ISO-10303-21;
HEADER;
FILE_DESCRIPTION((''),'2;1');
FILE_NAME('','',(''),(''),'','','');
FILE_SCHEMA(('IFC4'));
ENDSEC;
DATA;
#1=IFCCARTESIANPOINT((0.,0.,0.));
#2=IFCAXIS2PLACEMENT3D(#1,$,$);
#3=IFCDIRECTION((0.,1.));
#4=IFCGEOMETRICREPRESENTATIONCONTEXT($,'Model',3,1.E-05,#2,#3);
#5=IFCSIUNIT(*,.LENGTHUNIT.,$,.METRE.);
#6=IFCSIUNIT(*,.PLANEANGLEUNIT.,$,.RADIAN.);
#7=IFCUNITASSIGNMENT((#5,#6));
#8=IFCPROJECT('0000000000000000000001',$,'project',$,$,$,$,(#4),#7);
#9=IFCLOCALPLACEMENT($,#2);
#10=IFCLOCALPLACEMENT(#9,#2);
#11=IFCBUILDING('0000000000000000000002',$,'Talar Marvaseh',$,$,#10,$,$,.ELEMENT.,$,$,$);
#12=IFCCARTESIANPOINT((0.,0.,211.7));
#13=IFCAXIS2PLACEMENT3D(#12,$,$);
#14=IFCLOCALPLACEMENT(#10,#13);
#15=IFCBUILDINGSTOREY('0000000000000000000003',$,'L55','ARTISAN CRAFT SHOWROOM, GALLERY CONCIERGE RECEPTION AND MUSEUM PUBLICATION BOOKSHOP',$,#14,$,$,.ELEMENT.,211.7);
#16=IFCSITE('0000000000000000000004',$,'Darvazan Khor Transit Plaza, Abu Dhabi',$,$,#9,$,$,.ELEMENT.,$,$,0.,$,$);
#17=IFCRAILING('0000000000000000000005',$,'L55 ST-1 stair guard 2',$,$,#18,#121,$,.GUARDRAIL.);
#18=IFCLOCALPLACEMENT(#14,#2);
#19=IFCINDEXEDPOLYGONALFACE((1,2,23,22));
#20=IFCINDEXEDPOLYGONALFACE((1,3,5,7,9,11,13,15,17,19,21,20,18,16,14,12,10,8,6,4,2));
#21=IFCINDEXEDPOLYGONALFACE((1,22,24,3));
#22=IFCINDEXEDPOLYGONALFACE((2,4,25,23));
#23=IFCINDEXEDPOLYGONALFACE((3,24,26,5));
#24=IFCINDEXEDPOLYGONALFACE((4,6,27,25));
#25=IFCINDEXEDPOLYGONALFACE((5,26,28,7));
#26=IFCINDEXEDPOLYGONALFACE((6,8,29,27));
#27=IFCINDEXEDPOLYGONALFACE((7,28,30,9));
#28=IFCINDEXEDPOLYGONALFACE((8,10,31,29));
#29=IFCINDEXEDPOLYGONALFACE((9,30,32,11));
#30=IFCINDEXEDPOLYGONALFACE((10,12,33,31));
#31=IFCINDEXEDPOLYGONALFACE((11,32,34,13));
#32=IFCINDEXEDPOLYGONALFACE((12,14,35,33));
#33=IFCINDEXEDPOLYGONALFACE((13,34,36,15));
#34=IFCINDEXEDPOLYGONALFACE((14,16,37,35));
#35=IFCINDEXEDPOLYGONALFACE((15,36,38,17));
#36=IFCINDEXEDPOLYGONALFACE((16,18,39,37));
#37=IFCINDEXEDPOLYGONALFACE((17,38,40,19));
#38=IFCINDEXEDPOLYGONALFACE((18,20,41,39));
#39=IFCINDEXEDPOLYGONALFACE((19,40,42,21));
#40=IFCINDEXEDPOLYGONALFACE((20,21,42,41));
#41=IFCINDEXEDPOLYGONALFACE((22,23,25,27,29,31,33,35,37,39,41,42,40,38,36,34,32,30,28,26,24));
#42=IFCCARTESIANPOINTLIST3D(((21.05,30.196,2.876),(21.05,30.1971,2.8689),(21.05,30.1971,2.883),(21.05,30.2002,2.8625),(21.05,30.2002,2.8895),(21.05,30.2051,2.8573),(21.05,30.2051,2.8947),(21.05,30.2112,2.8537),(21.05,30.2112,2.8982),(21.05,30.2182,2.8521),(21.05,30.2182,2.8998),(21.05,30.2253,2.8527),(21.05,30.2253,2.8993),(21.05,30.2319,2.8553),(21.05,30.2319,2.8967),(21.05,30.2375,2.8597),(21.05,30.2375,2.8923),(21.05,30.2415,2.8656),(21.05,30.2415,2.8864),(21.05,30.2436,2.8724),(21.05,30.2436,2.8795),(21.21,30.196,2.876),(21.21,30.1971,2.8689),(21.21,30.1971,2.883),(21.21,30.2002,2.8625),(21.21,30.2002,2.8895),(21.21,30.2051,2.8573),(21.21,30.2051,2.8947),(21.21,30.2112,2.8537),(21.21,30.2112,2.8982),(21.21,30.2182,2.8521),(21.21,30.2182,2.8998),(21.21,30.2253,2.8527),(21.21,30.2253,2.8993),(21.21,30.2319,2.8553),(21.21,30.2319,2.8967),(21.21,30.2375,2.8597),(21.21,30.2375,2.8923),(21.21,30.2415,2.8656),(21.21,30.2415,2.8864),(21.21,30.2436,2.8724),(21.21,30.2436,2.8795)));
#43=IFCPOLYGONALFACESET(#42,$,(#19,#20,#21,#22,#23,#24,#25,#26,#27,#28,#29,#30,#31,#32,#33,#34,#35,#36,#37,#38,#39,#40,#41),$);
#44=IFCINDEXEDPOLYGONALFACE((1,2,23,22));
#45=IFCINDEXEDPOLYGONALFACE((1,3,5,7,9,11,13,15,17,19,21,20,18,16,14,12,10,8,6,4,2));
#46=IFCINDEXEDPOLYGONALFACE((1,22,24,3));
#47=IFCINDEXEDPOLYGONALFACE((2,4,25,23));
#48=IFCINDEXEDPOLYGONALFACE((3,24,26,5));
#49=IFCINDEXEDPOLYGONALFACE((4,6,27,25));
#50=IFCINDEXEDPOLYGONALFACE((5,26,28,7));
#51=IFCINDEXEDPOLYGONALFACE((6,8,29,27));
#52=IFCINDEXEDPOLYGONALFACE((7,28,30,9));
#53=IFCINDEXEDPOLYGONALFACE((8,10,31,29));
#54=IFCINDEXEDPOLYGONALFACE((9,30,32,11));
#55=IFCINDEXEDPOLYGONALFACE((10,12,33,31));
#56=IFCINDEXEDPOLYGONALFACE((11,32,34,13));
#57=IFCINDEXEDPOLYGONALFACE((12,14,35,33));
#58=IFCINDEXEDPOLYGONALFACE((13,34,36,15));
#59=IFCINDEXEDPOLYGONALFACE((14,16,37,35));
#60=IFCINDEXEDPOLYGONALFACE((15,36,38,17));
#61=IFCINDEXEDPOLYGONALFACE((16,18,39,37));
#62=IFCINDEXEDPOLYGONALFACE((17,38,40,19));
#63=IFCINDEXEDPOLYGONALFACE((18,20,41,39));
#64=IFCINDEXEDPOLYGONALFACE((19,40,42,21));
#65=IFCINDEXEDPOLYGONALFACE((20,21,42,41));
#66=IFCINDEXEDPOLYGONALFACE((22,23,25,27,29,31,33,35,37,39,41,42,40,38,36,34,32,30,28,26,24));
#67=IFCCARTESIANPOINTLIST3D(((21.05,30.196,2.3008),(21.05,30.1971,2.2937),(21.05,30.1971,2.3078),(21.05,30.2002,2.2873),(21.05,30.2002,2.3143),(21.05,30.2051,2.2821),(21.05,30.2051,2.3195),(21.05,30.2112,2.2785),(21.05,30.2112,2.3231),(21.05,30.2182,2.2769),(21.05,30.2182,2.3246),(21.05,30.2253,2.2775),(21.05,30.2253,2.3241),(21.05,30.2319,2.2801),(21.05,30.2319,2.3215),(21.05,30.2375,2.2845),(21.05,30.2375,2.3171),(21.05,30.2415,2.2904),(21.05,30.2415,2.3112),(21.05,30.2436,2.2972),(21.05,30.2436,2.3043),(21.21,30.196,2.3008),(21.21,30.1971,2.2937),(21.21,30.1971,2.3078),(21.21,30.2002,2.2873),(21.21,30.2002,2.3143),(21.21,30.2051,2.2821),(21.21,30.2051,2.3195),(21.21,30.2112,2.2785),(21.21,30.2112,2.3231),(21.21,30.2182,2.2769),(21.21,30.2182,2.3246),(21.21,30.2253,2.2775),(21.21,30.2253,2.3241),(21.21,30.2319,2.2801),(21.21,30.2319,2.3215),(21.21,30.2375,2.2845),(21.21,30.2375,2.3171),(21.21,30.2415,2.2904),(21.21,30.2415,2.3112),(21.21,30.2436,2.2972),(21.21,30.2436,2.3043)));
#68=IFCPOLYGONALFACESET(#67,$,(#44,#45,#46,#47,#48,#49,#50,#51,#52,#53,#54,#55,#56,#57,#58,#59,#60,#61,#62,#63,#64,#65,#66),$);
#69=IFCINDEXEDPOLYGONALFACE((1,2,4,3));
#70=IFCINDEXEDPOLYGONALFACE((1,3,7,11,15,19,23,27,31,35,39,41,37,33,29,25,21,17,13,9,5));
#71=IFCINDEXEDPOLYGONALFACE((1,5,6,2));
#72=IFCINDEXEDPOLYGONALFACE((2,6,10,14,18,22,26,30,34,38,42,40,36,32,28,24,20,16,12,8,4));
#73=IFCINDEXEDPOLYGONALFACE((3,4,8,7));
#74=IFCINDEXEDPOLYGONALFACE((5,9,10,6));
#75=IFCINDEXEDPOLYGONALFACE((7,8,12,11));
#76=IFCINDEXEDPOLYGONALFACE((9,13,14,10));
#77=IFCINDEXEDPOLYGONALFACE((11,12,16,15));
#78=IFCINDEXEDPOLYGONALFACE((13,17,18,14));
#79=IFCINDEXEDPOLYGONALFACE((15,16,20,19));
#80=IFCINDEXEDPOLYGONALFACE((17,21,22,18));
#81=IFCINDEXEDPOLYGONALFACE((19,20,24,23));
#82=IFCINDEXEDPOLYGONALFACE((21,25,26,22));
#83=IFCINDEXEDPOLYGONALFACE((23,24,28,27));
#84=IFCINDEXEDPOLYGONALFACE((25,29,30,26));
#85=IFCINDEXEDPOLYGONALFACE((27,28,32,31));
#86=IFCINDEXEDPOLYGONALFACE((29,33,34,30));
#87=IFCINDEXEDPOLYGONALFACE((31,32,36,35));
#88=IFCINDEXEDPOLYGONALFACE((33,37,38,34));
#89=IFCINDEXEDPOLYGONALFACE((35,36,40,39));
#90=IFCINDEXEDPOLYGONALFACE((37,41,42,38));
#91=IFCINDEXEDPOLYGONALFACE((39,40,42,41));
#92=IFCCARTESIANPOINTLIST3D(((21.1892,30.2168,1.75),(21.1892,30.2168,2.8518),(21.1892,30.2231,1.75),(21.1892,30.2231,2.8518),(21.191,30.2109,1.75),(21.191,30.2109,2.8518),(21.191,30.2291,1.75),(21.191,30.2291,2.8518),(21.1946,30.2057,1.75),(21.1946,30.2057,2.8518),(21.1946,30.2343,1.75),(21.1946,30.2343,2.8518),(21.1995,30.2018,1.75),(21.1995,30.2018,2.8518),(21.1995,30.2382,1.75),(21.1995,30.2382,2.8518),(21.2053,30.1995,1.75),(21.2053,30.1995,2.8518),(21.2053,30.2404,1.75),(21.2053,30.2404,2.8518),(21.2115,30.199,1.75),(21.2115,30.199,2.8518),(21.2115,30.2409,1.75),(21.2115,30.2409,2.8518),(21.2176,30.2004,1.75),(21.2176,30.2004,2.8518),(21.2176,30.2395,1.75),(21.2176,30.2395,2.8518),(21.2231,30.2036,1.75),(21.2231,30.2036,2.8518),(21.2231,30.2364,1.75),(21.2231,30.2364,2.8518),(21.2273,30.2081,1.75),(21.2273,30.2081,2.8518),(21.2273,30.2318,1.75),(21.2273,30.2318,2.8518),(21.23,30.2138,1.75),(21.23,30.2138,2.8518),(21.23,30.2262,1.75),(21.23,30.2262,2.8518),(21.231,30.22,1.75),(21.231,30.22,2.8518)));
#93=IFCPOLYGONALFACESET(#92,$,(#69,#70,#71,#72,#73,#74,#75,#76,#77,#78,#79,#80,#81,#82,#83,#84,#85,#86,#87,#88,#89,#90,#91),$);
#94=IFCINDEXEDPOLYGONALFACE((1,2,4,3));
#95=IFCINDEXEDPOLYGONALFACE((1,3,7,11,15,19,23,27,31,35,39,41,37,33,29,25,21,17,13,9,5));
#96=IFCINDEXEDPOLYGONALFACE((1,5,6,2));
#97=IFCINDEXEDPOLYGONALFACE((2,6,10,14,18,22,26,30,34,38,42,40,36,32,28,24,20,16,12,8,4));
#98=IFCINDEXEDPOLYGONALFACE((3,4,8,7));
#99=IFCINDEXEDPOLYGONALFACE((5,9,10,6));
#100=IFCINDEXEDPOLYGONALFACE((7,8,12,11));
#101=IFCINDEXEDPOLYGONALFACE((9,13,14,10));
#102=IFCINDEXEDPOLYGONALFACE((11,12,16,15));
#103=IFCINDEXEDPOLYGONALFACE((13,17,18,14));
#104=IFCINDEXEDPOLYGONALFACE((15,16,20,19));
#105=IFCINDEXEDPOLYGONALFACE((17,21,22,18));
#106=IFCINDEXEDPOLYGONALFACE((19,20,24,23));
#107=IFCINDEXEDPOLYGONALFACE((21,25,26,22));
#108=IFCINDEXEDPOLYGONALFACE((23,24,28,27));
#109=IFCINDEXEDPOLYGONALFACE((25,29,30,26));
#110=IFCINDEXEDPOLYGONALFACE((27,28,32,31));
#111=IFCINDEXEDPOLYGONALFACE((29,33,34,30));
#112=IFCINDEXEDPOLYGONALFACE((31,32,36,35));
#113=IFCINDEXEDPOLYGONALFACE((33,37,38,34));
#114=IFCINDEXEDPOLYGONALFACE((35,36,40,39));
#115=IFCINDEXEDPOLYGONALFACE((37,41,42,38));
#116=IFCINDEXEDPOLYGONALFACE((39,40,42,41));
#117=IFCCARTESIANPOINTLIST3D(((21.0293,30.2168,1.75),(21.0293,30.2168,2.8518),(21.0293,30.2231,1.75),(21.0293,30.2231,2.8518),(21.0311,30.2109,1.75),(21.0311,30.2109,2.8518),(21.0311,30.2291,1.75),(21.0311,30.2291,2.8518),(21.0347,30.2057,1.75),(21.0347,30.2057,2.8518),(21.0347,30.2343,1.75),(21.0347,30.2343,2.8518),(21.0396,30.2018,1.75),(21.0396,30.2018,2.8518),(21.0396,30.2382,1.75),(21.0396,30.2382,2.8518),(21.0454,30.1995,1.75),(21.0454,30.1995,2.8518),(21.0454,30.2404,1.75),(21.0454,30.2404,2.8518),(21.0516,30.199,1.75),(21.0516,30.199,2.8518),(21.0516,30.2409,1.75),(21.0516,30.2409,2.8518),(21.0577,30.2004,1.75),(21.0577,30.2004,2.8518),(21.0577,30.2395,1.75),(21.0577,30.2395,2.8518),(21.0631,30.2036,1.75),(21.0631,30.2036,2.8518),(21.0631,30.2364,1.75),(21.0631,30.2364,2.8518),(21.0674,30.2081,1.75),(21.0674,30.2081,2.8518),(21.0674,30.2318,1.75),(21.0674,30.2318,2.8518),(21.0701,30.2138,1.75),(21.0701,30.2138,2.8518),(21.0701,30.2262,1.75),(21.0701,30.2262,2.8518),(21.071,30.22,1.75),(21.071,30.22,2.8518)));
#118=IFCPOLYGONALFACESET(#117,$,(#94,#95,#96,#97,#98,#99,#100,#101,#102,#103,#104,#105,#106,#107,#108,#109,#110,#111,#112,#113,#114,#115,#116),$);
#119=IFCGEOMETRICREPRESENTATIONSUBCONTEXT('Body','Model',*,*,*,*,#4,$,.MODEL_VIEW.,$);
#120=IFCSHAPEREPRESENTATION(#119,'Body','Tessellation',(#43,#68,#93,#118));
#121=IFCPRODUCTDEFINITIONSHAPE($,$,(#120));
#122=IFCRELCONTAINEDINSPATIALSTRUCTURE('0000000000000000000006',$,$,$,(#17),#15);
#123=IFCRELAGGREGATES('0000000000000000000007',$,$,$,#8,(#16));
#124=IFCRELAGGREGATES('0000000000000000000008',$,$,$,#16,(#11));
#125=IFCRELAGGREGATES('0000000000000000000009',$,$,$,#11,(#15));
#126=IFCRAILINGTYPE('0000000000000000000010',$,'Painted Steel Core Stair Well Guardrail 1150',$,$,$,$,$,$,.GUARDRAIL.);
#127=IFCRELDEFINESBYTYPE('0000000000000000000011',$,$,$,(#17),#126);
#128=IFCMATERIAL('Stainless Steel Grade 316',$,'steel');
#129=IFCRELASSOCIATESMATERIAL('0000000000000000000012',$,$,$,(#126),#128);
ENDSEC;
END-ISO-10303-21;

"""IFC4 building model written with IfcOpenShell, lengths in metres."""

from ifc_helpers import new_model, si_unit, direction, frame, origin, origin_2d, place, context, subcontext, project, spatial, circle, extrude, material, type_object, element, save


model = new_model("IFC4")

# Units and contexts
model_context = context("Model", 3, precision=1e-05, world=origin(), true_north=direction((0.0, 1.0)))
body_context = subcontext(model_context, "Body", "Model", "MODEL_VIEW")
ifc_project = project(units=[si_unit("LENGTHUNIT", "METRE"), si_unit("PLANEANGLEUNIT", "RADIAN")], contexts=[model_context])

# Site, building, storey
site_placement = place(None, origin())
site = spatial("IfcSite", under=ifc_project, at=site_placement, Name="Darvazan Khor Transit Plaza, Abu Dhabi", CompositionType="ELEMENT", RefElevation=0.0)
building_placement = place(site_placement, origin())
building = spatial("IfcBuilding", under=site, at=building_placement, Name="Talar Marvaseh", CompositionType="ELEMENT")
storey_placement = place(building_placement, frame((0.0, 0.0, 211.7)))
storey = spatial("IfcBuildingStorey", under=building, at=storey_placement, Name="L55", Description="ARTISAN CRAFT SHOWROOM, GALLERY CONCIERGE RECEPTION AND MUSEUM PUBLICATION BOOKSHOP", CompositionType="ELEMENT", Elevation=211.7)

# Railing
ifc_material_1 = material(Name="Stainless Steel Grade 316", Category="steel")
railing_type_1 = type_object("IfcRailingType", Name="Painted Steel Core Stair Well Guardrail 1150", PredefinedType="GUARDRAIL", material=ifc_material_1)
railing_1_placement = place(storey_placement, frame((21.21, 30.22, 1.75)))
element("IfcRailing", 1, at=railing_1_placement, inside=storey, type_object=railing_type_1, Name="L55 ST-1 stair guard 2", PredefinedType="GUARDRAIL", context=body_context, shape_type="SweptSolid", body=[
    extrude(circle(Radius=0.0239, at=origin_2d()), frame((0.0, 0.0, 1.126), z_axis=(-1.0, 0.0, 0.0), x_axis=(0.0, -1.0, 0.0)), (0.0, 0.0, 1.0), 0.1599),
    extrude(circle(Radius=0.0239, at=origin_2d()), frame((0.0, 0.0, 0.5508), z_axis=(-1.0, 0.0, 0.0), x_axis=(0.0, -1.0, 0.0)), (0.0, 0.0, 1.0), 0.1599),
    extrude(circle(Radius=0.021, at=origin_2d()), origin(), (0.0, 0.0, 1.0), 1.1018),
    extrude(circle(Radius=0.021, at=origin_2d()), frame((-0.1599, 0.0, 0.0)), (0.0, 0.0, 1.0), 1.1018),
])

save(model, "model.ifc")
